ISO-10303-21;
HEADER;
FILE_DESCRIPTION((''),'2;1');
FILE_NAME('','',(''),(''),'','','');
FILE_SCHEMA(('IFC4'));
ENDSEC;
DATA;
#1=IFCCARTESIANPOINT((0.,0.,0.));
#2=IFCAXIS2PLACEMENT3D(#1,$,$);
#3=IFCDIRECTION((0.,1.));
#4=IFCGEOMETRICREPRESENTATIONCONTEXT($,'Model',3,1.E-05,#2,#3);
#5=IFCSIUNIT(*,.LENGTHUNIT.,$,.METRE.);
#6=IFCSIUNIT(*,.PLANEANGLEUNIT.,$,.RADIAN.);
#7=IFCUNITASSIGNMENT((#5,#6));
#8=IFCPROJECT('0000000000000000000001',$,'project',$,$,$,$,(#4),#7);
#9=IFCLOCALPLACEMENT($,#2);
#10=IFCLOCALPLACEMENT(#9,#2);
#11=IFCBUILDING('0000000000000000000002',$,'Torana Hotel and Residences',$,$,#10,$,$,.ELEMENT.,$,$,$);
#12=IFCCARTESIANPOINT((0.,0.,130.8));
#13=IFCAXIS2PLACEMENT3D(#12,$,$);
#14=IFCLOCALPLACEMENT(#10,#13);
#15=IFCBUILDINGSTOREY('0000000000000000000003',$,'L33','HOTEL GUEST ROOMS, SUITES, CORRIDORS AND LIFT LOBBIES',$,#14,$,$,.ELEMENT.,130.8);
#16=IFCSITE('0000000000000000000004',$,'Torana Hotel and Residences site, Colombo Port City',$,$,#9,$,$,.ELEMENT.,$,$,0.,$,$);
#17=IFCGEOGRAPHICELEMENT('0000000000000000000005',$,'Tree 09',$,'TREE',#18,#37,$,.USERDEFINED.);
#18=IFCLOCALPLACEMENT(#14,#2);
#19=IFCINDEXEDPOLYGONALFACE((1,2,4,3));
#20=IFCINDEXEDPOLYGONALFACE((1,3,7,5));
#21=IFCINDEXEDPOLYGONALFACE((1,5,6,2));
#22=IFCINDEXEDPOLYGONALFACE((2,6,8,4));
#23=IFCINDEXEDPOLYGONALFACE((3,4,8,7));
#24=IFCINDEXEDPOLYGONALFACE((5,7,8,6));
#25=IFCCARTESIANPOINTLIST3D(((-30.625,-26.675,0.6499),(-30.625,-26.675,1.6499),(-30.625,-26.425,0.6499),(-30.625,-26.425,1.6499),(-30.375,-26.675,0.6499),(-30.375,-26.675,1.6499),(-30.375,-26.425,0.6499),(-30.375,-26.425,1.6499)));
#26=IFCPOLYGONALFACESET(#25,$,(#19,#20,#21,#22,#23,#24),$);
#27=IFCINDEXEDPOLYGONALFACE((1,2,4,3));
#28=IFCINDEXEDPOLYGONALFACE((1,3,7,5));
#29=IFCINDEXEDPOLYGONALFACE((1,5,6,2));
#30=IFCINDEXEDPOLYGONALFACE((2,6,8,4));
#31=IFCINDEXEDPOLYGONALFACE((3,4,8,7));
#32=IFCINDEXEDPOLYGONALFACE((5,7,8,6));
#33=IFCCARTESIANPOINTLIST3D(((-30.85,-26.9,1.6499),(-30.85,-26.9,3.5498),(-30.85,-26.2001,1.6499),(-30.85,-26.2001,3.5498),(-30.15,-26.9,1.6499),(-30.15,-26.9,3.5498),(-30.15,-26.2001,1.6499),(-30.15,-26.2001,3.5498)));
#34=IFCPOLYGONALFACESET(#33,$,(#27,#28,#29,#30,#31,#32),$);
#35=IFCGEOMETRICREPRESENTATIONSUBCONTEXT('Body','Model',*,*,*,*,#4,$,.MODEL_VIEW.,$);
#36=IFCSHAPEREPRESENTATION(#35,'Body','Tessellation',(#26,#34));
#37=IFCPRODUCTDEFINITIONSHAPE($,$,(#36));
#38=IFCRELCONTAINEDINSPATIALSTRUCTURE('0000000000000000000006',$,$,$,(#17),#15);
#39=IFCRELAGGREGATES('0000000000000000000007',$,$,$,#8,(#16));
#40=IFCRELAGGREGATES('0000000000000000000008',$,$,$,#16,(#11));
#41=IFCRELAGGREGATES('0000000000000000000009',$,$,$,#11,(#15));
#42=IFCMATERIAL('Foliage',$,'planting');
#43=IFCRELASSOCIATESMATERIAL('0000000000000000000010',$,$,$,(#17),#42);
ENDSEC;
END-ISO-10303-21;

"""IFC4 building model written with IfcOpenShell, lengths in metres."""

from ifc_helpers import new_model, si_unit, direction, frame, origin, origin_2d, place, context, subcontext, project, spatial, rectangle, extrude, material, element, save


model = new_model("IFC4")

# Units and contexts
model_context = context("Model", 3, precision=1e-05, world=origin(), true_north=direction((0.0, 1.0)))
body_context = subcontext(model_context, "Body", "Model", "MODEL_VIEW")
ifc_project = project(units=[si_unit("LENGTHUNIT", "METRE"), si_unit("PLANEANGLEUNIT", "RADIAN")], contexts=[model_context])

# Site, building, storey
site_placement = place(None, origin())
site = spatial("IfcSite", under=ifc_project, at=site_placement, Name="Torana Hotel and Residences site, Colombo Port City", CompositionType="ELEMENT", RefElevation=0.0)
building_placement = place(site_placement, origin())
building = spatial("IfcBuilding", under=site, at=building_placement, Name="Torana Hotel and Residences", CompositionType="ELEMENT")
storey_placement = place(building_placement, frame((0.0, 0.0, 130.8)))
storey = spatial("IfcBuildingStorey", under=building, at=storey_placement, Name="L33", Description="HOTEL GUEST ROOMS, SUITES, CORRIDORS AND LIFT LOBBIES", CompositionType="ELEMENT", Elevation=130.8)

# Geographic element
ifc_material_1 = material(Name="Foliage", Category="planting")
geographic_element_placement = place(storey_placement, frame((-30.5, -26.55, 0.6499), z_axis=(0.0, 0.0, 1.0), x_axis=(1.0, 0.0, 0.0)))
element("IfcGeographicElement", 1, at=geographic_element_placement, inside=storey, material=ifc_material_1, Name="Tree 09", ObjectType="TREE", PredefinedType="USERDEFINED", context=body_context, shape_type="SweptSolid", body=[
    extrude(rectangle(XDim=0.25, YDim=0.25, at=origin_2d()), origin(), (0.0, 0.0, 1.0), 1.0),
    extrude(rectangle(XDim=0.7, YDim=0.7, at=origin_2d()), frame((0.0, 0.0, 1.0)), (0.0, 0.0, 1.0), 1.8999),
])

save(model, "model.ifc")
